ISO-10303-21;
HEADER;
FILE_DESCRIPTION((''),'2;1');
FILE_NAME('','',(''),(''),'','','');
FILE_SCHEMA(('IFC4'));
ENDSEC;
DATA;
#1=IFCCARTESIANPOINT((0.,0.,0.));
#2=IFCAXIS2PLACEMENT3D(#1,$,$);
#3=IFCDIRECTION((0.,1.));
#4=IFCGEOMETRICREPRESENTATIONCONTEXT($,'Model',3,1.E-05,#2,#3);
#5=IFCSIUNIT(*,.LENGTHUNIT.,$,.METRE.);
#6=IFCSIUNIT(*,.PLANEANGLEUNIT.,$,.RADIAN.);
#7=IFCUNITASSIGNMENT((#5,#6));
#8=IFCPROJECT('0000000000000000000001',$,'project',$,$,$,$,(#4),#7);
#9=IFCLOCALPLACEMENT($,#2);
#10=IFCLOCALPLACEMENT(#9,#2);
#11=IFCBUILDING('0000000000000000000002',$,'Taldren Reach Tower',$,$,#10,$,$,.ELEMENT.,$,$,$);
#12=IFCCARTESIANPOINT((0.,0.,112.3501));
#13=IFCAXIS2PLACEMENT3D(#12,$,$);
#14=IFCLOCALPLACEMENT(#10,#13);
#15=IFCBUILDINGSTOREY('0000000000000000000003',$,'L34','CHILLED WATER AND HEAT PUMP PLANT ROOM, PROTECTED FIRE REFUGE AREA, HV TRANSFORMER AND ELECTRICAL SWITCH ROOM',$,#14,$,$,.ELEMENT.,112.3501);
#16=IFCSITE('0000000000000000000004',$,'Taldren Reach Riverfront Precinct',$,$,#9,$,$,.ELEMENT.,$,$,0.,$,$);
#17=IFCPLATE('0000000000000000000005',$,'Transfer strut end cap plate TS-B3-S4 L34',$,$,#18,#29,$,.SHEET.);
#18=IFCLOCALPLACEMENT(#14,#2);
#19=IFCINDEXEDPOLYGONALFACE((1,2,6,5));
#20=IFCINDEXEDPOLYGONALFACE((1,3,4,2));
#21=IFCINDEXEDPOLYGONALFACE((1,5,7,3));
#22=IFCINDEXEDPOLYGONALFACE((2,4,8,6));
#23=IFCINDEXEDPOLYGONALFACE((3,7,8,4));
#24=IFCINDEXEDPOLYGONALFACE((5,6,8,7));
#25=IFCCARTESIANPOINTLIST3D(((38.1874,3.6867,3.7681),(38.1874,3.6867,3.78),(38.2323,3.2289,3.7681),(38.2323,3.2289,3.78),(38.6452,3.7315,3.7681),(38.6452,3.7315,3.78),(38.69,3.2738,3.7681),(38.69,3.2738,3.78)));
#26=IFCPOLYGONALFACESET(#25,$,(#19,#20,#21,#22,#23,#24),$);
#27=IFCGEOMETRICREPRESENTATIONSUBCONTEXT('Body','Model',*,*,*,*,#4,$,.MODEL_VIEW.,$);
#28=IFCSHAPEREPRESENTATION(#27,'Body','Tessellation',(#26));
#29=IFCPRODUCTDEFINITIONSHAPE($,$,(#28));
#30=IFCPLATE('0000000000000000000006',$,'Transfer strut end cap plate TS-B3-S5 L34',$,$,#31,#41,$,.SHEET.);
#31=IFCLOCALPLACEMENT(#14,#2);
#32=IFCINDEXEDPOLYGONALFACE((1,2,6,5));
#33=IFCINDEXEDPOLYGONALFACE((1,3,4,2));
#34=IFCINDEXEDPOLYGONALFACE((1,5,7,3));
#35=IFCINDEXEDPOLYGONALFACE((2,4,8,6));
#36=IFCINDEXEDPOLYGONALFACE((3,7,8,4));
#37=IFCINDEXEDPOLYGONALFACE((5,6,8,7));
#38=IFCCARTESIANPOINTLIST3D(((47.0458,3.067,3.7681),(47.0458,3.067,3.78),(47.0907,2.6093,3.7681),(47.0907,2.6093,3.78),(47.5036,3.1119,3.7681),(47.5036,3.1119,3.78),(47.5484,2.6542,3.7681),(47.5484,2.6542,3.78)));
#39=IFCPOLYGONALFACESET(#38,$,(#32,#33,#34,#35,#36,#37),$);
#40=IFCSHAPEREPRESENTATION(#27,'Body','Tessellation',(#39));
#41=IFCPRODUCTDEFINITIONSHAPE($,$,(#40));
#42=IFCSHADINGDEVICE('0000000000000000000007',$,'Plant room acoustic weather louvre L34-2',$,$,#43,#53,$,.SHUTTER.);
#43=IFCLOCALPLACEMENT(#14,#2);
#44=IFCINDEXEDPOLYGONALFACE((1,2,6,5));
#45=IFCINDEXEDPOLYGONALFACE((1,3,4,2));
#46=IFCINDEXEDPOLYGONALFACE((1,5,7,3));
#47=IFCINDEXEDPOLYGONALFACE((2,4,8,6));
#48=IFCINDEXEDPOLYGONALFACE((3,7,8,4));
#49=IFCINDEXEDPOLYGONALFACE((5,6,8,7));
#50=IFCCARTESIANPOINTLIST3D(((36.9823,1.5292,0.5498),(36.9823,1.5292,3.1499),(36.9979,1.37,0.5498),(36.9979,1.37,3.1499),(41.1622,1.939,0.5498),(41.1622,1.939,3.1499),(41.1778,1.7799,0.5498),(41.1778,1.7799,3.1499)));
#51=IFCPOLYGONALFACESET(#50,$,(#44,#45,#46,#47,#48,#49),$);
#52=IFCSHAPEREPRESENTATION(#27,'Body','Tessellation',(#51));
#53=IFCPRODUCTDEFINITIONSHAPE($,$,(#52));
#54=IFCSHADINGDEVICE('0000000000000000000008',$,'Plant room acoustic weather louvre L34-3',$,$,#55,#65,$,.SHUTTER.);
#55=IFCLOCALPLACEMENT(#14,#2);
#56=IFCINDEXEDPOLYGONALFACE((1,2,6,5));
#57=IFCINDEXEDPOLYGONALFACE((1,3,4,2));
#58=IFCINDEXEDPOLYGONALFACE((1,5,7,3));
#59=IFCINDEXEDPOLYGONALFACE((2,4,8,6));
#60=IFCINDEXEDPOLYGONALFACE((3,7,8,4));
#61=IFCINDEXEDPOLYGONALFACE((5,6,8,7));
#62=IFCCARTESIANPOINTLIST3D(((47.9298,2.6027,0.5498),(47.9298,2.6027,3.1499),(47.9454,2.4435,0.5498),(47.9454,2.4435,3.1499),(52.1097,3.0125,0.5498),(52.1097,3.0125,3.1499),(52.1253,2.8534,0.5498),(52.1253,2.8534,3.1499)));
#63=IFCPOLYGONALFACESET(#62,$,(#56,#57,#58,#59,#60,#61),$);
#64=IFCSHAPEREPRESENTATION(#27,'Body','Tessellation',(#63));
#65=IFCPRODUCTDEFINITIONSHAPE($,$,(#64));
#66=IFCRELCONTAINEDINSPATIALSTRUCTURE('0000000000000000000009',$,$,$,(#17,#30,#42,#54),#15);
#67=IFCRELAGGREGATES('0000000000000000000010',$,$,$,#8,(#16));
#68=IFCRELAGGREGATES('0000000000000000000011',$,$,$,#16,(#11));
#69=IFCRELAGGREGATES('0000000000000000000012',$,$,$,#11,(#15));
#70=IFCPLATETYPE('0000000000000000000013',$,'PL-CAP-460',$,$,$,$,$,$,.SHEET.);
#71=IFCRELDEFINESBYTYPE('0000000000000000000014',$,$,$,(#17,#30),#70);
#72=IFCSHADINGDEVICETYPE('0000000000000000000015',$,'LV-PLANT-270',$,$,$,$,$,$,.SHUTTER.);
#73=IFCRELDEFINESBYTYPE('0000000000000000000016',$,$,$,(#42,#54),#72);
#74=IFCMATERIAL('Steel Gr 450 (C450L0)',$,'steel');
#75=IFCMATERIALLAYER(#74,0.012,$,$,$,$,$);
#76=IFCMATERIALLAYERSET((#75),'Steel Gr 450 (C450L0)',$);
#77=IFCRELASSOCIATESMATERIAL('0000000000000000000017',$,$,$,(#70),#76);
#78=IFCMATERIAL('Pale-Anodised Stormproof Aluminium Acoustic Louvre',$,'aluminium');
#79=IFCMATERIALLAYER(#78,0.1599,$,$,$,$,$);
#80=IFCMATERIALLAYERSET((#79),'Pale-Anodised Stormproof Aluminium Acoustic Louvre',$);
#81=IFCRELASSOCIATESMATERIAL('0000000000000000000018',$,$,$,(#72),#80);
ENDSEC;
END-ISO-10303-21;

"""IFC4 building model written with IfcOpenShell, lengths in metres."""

from ifc_helpers import new_model, si_unit, direction, frame, origin, origin_2d, place, context, subcontext, project, spatial, rectangle, extrude, source, transform, mapped, material, layer, layer_set, type_object, element, save


model = new_model("IFC4")

# Units and contexts
model_context = context("Model", 3, precision=1e-05, world=origin(), true_north=direction((0.0, 1.0)))
body_context = subcontext(model_context, "Body", "Model", "MODEL_VIEW")
ifc_project = project(units=[si_unit("LENGTHUNIT", "METRE"), si_unit("PLANEANGLEUNIT", "RADIAN")], contexts=[model_context])

# Site, building, storey
site_placement = place(None, origin())
site = spatial("IfcSite", under=ifc_project, at=site_placement, Name="Taldren Reach Riverfront Precinct", CompositionType="ELEMENT", RefElevation=0.0)
building_placement = place(site_placement, origin())
building = spatial("IfcBuilding", under=site, at=building_placement, Name="Taldren Reach Tower", CompositionType="ELEMENT")
storey_placement = place(building_placement, frame((0.0, 0.0, 112.3501)))
storey = spatial("IfcBuildingStorey", under=building, at=storey_placement, Name="L34", Description="CHILLED WATER AND HEAT PUMP PLANT ROOM, PROTECTED FIRE REFUGE AREA, HV TRANSFORMER AND ELECTRICAL SWITCH ROOM", CompositionType="ELEMENT", Elevation=112.3501)

# Shared definitions
ifc_material_1 = material(Name="Steel Gr 450 (C450L0)", Category="steel")

# Plates
ifc_layer_1 = layer(ifc_material_1, 0.012)
ifc_layer_set_1 = layer_set([ifc_layer_1], Name="Steel Gr 450 (C450L0)")
plate_type_1 = type_object("IfcPlateType", Name="PL-CAP-460", PredefinedType="SHEET", material=ifc_layer_set_1)
shared_shape_1 = source(origin(), body_context, "Body", "SweptSolid", [
    extrude(rectangle(XDim=0.46, YDim=0.46, at=origin_2d()), origin(), (0.0, 0.0, 1.0), 0.012),
])
for number, where, z_axis, x_axis, name in (
    (1, (38.4387, 3.4802, 3.7681), (0.0, 0.0, 1.0), (0.995227, 0.097583, 0.0), "Transfer strut end cap plate TS-B3-S4 L34"),
    (2, (47.2971, 2.8606, 3.7681), (0.0, 0.0, 1.0), (0.995227, 0.097583, 0.0), "Transfer strut end cap plate TS-B3-S5 L34"),
):
    element("IfcPlate", number, at=place(storey_placement, frame(where, z_axis=z_axis, x_axis=x_axis)), inside=storey, type_object=plate_type_1, Name=name, PredefinedType="SHEET", context=body_context, shape_type="MappedRepresentation", body=[
        mapped(shared_shape_1, transform((0.0, 0.0, 0.0), scale=1.0)),
    ])

# Shading devices
ifc_material_2 = material(Name="Pale-Anodised Stormproof Aluminium Acoustic Louvre", Category="aluminium")
ifc_layer_2 = layer(ifc_material_2, 0.1599)
ifc_layer_set_2 = layer_set([ifc_layer_2], Name="Pale-Anodised Stormproof Aluminium Acoustic Louvre")
shading_device_type = type_object("IfcShadingDeviceType", Name="LV-PLANT-270", PredefinedType="SHUTTER", material=ifc_layer_set_2)
shared_shape_2 = source(origin(), body_context, "Body", "SweptSolid", [
    extrude(rectangle(XDim=4.2, YDim=0.1599, at=origin_2d()), origin(), (0.0, 0.0, 1.0), 2.6001),
])
for number, where, z_axis, x_axis, name in (
    (3, (39.0801, 1.6545, 0.5498), (0.0, 0.0, 1.0), (0.995227, 0.097583, 0.0), "Plant room acoustic weather louvre L34-2"),
    (4, (50.0276, 2.728, 0.5498), (0.0, 0.0, 1.0), (0.995227, 0.097583, 0.0), "Plant room acoustic weather louvre L34-3"),
):
    element("IfcShadingDevice", number, at=place(storey_placement, frame(where, z_axis=z_axis, x_axis=x_axis)), inside=storey, type_object=shading_device_type, Name=name, PredefinedType="SHUTTER", context=body_context, shape_type="MappedRepresentation", body=[
        mapped(shared_shape_2, transform((0.0, 0.0, 0.0), scale=1.0)),
    ])

save(model, "model.ifc")
